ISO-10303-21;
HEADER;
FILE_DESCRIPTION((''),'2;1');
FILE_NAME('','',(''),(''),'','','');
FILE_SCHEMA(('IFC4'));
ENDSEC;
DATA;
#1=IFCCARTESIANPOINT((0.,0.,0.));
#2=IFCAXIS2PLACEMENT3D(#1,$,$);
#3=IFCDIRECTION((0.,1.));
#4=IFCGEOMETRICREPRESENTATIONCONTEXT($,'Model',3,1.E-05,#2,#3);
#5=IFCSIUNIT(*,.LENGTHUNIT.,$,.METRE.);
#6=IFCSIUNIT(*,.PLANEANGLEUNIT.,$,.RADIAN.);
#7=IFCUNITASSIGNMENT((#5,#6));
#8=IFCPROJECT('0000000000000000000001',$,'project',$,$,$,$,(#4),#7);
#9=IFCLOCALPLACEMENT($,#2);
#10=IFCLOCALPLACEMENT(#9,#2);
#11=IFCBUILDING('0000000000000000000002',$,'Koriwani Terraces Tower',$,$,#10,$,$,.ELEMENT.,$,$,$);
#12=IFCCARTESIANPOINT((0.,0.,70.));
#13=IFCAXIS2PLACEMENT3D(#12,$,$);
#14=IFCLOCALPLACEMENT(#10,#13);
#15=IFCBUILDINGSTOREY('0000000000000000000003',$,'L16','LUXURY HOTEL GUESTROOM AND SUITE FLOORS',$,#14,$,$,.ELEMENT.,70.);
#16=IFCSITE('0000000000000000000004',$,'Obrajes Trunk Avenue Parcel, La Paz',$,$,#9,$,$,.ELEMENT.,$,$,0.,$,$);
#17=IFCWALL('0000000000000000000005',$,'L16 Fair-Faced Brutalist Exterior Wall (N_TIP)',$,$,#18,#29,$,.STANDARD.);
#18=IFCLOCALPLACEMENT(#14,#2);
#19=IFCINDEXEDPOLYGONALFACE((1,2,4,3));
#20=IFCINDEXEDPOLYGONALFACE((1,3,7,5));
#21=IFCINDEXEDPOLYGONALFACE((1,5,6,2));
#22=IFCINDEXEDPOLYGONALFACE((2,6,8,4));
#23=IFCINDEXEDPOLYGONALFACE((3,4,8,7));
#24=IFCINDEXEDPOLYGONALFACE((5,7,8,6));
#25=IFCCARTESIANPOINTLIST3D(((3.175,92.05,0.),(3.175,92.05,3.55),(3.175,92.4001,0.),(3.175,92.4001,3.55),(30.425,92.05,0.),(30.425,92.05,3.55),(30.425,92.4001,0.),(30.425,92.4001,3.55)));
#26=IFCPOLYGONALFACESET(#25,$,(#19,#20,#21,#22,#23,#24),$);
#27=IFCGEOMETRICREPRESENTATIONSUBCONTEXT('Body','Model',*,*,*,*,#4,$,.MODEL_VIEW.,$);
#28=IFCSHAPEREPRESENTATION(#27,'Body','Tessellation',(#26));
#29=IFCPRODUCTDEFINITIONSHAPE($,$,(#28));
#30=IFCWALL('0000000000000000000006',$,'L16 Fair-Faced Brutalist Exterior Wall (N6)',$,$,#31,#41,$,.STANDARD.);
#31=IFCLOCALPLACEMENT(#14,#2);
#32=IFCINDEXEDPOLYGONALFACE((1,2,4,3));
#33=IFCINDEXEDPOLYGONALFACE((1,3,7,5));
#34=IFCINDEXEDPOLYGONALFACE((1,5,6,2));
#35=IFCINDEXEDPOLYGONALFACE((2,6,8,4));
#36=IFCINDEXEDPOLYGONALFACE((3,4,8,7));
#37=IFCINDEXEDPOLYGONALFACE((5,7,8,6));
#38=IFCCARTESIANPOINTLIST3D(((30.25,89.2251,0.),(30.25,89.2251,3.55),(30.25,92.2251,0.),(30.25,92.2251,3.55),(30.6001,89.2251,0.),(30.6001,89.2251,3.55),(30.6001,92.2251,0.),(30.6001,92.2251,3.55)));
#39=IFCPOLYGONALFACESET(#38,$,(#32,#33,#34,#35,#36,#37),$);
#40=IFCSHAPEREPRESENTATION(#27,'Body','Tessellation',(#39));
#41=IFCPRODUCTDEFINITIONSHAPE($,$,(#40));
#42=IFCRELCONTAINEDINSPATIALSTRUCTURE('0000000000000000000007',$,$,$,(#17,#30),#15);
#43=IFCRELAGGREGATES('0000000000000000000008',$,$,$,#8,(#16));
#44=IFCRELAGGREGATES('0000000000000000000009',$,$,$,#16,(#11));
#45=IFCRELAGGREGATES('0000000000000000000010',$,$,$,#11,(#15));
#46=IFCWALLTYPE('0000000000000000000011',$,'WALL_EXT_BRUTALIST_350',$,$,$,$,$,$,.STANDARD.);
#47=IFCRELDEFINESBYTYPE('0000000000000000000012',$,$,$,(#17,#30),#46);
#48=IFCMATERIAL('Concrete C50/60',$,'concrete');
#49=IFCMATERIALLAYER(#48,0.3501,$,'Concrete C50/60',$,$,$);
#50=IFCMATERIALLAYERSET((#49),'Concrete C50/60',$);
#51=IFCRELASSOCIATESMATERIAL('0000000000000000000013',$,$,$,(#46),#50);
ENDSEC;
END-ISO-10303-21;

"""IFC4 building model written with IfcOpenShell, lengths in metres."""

from ifc_helpers import new_model, si_unit, direction, frame, frame_2d, origin, place, context, subcontext, project, spatial, rectangle, extrude, material, layer, layer_set, type_object, element, save


model = new_model("IFC4")

# Units and contexts
model_context = context("Model", 3, precision=1e-05, world=origin(), true_north=direction((0.0, 1.0)))
body_context = subcontext(model_context, "Body", "Model", "MODEL_VIEW")
ifc_project = project(units=[si_unit("LENGTHUNIT", "METRE"), si_unit("PLANEANGLEUNIT", "RADIAN")], contexts=[model_context])

# Site, building, storey
site_placement = place(None, origin())
site = spatial("IfcSite", under=ifc_project, at=site_placement, Name="Obrajes Trunk Avenue Parcel, La Paz", CompositionType="ELEMENT", RefElevation=0.0)
building_placement = place(site_placement, origin())
building = spatial("IfcBuilding", under=site, at=building_placement, Name="Koriwani Terraces Tower", CompositionType="ELEMENT")
storey_placement = place(building_placement, frame((0.0, 0.0, 70.0)))
storey = spatial("IfcBuildingStorey", under=building, at=storey_placement, Name="L16", Description="LUXURY HOTEL GUESTROOM AND SUITE FLOORS", CompositionType="ELEMENT", Elevation=70.0)

# Shared definitions
ifc_material_1 = material(Name="Concrete C50/60", Category="concrete")

# Walls
ifc_layer = layer(ifc_material_1, 0.3501, Name="Concrete C50/60")
ifc_layer_set = layer_set([ifc_layer], Name="Concrete C50/60")
wall_type = type_object("IfcWallType", Name="WALL_EXT_BRUTALIST_350", PredefinedType="STANDARD", material=ifc_layer_set)
wall_1_placement = place(storey_placement, frame((3.175, 92.2251, 0.0), z_axis=(0.0, 0.0, 1.0), x_axis=(1.0, 0.0, 0.0)))
element("IfcWall", 1, at=wall_1_placement, inside=storey, type_object=wall_type, Name="L16 Fair-Faced Brutalist Exterior Wall (N_TIP)", PredefinedType="STANDARD", context=body_context, shape_type="SweptSolid", body=[
    extrude(rectangle(XDim=27.25, YDim=0.3501, at=frame_2d((13.625, 0.0))), origin(), (0.0, 0.0, 1.0), 3.55),
])
wall_2_placement = place(storey_placement, frame((30.425, 92.2251, 0.0), z_axis=(0.0, 0.0, 1.0), x_axis=(0.0, -1.0, 0.0)))
element("IfcWall", 2, at=wall_2_placement, inside=storey, type_object=wall_type, Name="L16 Fair-Faced Brutalist Exterior Wall (N6)", PredefinedType="STANDARD", context=body_context, shape_type="SweptSolid", body=[
    extrude(rectangle(XDim=3.0, YDim=0.3501, at=frame_2d((1.5, 0.0))), origin(), (0.0, 0.0, 1.0), 3.55),
])

save(model, "model.ifc")
